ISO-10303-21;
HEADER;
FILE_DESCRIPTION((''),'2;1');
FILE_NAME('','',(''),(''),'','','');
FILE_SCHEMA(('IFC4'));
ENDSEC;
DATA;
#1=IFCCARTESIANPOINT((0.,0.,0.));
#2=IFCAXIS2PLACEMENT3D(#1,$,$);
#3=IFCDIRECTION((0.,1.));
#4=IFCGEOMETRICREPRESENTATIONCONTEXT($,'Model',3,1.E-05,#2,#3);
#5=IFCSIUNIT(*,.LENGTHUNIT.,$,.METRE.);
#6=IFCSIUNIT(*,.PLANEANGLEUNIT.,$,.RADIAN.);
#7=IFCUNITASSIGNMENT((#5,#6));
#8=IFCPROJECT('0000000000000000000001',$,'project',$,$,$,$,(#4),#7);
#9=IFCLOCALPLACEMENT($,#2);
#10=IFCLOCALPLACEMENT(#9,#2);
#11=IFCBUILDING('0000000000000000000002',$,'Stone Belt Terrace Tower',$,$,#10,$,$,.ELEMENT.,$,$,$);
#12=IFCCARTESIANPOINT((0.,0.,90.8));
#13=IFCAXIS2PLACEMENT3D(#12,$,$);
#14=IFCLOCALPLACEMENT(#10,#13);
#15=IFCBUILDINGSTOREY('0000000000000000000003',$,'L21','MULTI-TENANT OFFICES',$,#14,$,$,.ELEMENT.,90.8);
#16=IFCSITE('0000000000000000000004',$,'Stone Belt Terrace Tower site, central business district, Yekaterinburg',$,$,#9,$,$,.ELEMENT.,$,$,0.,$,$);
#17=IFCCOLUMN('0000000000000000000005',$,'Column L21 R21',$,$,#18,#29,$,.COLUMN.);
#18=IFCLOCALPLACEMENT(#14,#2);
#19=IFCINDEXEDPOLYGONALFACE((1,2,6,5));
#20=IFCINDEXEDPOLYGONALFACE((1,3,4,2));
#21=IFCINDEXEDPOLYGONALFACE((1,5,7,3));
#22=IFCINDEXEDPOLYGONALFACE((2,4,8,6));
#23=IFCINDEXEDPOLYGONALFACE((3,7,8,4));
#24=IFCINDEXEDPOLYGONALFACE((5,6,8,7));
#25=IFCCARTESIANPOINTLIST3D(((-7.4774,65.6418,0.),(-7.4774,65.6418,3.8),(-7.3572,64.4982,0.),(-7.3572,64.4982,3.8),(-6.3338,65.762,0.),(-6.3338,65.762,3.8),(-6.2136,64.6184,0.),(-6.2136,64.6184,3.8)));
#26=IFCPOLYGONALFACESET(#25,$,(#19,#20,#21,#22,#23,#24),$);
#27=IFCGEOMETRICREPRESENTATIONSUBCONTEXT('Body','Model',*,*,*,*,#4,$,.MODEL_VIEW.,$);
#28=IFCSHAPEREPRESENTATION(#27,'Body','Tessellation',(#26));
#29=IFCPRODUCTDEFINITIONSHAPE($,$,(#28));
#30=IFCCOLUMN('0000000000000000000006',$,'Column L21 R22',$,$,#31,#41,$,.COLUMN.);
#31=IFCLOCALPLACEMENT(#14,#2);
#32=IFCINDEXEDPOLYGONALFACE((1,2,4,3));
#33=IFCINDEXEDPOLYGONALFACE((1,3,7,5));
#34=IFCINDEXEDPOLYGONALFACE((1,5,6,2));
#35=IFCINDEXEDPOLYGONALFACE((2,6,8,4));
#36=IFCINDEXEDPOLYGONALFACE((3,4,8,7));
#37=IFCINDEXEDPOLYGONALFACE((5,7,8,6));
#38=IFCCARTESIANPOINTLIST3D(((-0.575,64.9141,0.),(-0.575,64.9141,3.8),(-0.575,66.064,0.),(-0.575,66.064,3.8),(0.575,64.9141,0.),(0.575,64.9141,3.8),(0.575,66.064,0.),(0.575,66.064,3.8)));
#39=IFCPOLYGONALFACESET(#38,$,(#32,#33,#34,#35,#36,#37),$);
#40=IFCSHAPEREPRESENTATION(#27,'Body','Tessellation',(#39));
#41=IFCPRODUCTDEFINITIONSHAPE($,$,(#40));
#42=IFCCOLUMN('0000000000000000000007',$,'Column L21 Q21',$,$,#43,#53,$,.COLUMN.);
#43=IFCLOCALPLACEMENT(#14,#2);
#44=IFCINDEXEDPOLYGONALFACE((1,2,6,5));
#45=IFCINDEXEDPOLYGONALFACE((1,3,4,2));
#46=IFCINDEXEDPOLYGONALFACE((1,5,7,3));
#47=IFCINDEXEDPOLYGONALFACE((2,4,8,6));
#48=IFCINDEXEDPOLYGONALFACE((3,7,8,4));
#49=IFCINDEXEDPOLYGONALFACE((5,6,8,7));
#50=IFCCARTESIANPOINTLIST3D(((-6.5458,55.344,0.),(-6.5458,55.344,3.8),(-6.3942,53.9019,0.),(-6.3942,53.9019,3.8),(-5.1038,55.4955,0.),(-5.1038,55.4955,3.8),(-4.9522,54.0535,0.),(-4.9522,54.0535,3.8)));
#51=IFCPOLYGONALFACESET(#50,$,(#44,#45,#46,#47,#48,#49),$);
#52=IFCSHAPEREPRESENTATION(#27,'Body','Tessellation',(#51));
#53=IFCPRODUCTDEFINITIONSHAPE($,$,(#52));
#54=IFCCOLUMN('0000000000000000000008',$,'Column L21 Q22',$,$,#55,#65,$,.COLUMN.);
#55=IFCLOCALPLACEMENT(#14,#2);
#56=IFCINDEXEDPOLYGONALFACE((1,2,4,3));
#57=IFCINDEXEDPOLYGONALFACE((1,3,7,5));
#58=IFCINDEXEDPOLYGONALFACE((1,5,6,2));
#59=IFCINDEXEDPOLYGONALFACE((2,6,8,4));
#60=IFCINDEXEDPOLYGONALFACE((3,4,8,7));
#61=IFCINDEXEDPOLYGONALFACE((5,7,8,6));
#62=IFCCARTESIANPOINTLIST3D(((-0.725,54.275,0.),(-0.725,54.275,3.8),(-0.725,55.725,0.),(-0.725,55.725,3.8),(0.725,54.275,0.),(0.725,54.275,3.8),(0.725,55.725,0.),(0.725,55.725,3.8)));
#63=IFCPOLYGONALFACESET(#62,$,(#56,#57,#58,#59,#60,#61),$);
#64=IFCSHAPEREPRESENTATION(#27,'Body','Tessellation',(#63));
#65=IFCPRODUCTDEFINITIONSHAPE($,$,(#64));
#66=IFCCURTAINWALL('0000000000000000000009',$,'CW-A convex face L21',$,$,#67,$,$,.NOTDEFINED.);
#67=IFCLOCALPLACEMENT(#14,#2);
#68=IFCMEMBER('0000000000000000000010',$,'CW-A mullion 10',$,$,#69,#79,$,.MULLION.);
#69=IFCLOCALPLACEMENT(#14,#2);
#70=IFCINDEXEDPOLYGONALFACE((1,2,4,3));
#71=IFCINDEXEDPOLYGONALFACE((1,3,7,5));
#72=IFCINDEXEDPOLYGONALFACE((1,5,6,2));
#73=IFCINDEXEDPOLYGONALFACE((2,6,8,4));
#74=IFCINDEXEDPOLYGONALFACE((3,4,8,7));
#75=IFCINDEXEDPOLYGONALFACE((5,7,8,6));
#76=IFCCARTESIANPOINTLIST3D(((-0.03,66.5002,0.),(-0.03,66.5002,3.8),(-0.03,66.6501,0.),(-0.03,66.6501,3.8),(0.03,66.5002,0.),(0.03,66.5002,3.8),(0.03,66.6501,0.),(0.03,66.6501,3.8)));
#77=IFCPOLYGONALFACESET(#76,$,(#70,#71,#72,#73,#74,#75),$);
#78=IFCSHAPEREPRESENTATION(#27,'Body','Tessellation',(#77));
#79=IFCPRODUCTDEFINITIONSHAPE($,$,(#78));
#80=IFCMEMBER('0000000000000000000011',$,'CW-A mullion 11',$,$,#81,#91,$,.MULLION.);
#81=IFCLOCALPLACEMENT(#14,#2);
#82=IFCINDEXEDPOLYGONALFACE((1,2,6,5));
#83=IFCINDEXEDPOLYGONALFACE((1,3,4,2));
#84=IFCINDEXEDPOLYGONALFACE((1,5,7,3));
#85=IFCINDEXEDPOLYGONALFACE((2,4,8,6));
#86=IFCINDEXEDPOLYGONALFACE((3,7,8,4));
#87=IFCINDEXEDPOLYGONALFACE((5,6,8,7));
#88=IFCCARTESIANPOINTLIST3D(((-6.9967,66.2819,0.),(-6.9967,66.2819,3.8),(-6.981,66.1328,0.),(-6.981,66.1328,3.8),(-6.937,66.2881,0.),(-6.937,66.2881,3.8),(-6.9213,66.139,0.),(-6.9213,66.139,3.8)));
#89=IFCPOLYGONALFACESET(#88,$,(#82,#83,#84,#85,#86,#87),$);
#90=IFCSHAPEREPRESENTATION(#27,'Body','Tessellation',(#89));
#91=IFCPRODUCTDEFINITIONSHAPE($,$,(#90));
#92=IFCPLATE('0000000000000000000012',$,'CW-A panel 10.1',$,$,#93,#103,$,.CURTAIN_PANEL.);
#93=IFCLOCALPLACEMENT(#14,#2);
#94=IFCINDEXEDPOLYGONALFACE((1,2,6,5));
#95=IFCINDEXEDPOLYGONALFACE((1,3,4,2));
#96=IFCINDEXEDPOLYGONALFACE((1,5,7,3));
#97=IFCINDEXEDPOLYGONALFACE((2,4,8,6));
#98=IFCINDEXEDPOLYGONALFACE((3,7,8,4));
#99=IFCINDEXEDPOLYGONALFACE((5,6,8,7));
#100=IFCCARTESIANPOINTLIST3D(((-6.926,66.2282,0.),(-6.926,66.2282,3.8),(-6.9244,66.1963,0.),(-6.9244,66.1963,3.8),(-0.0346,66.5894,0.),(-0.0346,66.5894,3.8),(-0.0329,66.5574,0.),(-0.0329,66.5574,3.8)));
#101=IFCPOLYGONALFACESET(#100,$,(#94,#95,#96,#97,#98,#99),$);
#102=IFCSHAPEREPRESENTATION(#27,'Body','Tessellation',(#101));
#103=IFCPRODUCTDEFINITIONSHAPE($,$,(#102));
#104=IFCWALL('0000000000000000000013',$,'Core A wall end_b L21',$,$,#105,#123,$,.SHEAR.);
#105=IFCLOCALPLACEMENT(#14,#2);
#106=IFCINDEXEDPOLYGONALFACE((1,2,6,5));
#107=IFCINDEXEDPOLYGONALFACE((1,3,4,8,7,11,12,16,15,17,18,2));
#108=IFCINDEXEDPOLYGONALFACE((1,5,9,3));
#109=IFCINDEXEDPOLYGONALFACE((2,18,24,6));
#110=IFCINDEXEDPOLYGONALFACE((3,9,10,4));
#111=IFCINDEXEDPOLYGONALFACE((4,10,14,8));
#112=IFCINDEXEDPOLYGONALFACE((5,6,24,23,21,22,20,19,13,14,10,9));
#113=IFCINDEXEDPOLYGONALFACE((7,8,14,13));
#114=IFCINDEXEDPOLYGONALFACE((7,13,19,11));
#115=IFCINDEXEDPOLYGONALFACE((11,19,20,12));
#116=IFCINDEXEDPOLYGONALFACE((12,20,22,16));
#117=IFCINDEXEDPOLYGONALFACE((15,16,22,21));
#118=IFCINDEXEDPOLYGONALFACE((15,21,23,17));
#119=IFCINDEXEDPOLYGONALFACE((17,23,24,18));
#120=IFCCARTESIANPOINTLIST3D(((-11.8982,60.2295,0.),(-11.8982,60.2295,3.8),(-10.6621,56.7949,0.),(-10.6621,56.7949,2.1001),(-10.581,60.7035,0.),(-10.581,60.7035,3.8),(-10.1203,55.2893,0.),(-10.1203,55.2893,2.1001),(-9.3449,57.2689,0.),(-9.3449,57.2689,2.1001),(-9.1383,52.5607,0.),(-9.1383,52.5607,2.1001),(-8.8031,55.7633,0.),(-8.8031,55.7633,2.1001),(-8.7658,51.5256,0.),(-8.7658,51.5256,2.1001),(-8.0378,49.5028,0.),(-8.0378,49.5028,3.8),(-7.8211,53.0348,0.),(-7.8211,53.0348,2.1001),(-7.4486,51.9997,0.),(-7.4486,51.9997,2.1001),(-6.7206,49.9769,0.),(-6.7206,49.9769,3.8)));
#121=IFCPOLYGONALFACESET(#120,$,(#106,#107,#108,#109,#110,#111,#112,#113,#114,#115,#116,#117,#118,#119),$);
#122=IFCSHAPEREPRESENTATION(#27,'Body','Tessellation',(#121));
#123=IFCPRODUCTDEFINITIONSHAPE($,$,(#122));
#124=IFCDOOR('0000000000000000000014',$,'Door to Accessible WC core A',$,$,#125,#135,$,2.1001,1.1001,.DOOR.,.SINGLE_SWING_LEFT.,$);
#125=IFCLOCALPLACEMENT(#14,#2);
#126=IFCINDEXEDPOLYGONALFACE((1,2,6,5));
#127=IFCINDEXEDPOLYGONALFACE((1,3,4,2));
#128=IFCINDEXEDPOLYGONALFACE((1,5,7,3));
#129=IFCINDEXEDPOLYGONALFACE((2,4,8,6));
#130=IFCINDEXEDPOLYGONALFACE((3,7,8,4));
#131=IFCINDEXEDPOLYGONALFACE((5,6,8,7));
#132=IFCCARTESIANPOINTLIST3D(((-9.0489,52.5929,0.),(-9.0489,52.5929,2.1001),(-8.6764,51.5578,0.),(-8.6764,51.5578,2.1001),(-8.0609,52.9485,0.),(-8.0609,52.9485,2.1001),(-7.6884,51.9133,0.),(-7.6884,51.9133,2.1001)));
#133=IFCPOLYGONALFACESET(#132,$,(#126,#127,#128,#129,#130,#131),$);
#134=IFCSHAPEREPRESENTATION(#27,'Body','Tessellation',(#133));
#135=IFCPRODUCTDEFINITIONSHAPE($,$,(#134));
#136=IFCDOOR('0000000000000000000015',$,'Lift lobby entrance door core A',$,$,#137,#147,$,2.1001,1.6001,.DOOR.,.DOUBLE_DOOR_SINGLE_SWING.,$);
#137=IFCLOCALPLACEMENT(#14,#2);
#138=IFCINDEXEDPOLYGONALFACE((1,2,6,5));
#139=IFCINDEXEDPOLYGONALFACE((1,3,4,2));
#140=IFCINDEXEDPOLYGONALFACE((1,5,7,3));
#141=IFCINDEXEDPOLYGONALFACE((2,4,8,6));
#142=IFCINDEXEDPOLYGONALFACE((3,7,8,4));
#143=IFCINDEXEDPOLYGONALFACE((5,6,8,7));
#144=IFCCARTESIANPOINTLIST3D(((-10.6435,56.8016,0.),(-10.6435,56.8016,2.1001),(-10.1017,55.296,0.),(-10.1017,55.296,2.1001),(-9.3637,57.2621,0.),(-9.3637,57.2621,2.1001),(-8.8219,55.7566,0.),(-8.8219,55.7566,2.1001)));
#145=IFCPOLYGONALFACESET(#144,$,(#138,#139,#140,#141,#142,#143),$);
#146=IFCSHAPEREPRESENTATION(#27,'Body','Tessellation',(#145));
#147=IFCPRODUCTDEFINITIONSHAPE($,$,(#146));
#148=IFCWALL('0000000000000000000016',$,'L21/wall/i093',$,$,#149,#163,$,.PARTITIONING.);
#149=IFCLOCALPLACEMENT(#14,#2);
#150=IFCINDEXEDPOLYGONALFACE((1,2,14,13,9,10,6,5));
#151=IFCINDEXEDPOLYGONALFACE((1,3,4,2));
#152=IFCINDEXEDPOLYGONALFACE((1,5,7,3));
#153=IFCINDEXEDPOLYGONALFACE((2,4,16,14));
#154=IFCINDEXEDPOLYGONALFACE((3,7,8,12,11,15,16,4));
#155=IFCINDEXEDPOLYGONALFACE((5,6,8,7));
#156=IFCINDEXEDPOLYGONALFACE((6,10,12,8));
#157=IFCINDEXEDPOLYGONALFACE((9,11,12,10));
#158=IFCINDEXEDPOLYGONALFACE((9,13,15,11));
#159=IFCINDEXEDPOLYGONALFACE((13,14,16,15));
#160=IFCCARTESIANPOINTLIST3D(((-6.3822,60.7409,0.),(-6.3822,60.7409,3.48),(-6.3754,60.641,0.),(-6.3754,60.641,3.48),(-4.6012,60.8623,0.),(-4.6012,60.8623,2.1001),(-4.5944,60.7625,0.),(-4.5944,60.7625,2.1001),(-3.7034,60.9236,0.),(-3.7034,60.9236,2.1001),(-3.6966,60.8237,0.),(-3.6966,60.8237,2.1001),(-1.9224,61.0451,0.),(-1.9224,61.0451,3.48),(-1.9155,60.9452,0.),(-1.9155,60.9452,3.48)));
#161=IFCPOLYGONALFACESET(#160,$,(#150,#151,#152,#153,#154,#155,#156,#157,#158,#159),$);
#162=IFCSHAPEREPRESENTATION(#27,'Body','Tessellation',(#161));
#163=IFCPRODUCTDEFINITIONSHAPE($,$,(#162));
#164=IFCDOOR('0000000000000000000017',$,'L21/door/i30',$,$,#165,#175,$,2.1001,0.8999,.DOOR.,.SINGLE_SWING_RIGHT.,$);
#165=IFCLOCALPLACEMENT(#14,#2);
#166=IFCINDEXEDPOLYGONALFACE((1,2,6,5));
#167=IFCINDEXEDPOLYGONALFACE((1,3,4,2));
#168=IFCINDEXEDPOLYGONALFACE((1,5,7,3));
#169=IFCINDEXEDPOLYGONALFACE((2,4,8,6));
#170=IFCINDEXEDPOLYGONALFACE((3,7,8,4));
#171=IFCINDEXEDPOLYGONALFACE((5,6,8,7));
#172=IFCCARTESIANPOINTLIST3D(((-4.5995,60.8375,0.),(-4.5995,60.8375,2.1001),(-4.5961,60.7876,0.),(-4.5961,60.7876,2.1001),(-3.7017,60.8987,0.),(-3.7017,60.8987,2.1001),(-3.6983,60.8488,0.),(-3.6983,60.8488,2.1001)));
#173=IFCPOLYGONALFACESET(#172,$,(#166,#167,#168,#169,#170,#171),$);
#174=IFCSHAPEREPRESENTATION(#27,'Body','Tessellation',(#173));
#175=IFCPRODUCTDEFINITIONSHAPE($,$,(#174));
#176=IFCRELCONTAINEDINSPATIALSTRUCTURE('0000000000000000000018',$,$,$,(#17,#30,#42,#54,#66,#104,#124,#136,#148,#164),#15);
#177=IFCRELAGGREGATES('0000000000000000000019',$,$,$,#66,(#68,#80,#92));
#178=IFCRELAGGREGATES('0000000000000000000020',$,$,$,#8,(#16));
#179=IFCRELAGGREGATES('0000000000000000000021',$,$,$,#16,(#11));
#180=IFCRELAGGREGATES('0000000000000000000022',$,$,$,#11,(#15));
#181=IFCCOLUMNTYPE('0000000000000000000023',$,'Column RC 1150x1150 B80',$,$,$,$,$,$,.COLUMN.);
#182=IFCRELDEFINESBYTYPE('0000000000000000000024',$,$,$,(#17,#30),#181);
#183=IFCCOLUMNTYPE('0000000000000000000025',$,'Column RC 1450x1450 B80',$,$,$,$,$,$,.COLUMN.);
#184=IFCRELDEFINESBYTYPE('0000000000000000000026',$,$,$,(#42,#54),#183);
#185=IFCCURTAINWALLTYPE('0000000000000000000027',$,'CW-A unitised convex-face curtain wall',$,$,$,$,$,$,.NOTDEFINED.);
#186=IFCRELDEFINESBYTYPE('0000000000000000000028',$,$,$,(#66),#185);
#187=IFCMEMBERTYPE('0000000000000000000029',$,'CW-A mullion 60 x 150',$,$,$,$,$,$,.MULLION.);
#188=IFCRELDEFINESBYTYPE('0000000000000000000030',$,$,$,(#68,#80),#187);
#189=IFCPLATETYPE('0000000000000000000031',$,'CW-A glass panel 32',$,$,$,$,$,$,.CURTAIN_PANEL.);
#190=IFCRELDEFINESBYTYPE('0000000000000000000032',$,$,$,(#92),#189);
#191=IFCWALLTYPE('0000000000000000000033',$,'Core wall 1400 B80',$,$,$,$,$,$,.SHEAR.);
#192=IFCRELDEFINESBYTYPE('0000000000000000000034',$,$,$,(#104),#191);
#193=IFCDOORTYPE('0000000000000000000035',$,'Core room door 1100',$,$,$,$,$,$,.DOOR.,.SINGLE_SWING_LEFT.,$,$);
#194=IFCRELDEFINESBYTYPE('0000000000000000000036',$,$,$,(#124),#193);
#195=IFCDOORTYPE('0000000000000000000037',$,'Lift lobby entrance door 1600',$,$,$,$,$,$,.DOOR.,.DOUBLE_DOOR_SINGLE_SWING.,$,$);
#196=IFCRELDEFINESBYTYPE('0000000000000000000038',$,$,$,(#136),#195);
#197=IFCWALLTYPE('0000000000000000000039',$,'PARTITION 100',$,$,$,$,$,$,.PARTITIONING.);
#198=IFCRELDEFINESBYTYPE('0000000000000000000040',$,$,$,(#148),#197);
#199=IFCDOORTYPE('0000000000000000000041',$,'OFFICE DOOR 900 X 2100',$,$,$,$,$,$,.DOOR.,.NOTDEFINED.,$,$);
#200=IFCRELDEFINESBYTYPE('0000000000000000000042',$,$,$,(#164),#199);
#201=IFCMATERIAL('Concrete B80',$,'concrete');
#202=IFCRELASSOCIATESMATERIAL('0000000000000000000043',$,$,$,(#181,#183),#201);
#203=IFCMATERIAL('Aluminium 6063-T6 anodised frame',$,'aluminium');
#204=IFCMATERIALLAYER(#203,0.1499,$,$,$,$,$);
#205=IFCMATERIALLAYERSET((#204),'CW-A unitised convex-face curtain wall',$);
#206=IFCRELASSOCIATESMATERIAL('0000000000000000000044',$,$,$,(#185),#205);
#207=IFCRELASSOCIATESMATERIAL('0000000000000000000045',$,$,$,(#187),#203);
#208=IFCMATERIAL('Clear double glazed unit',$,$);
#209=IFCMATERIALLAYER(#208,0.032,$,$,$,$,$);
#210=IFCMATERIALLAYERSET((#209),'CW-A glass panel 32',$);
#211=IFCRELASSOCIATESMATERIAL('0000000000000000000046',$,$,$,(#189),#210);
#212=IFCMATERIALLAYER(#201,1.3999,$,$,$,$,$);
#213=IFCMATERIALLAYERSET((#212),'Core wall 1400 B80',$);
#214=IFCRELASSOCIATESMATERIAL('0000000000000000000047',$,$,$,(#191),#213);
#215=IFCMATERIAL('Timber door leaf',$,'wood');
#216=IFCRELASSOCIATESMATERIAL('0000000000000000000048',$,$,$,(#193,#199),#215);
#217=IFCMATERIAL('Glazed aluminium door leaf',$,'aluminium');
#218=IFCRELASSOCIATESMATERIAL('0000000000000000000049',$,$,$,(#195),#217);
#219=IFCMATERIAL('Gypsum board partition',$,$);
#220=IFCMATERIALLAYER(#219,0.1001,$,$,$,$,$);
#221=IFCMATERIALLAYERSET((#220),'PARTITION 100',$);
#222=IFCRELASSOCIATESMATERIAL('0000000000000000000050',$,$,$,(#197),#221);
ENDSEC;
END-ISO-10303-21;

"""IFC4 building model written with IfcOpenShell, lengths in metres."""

from ifc_helpers import new_model, si_unit, direction, frame, frame_2d, origin, origin_2d, place, context, subcontext, project, spatial, rectangle, extrude, material, layer, layer_set, material_profile, profile_set, type_object, element, fill, aggregate, save


model = new_model("IFC4")

# Units and contexts
model_context = context("Model", 3, precision=1e-05, world=origin(), true_north=direction((0.0, 1.0)))
body_context = subcontext(model_context, "Body", "Model", "MODEL_VIEW")
ifc_project = project(units=[si_unit("LENGTHUNIT", "METRE"), si_unit("PLANEANGLEUNIT", "RADIAN")], contexts=[model_context])

# Site, building, storey
site_placement = place(None, origin())
site = spatial("IfcSite", under=ifc_project, at=site_placement, Name="Stone Belt Terrace Tower site, central business district, Yekaterinburg", CompositionType="ELEMENT", RefElevation=0.0)
building_placement = place(site_placement, origin())
building = spatial("IfcBuilding", under=site, at=building_placement, Name="Stone Belt Terrace Tower", CompositionType="ELEMENT")
storey_placement = place(building_placement, frame((0.0, 0.0, 90.8)))
storey = spatial("IfcBuildingStorey", under=building, at=storey_placement, Name="L21", Description="MULTI-TENANT OFFICES", CompositionType="ELEMENT", Elevation=90.8)

# Columns
ifc_material_1 = material(Name="Concrete B80", Category="concrete")
ifc_material_profile_1 = material_profile(ifc_material_1, rectangle(XDim=1.1499, YDim=1.1499, at=origin_2d()), Name="RC 1150x1150")
ifc_profile_set_1 = profile_set([ifc_material_profile_1], Name="Concrete B80")
column_type_1 = type_object("IfcColumnType", Name="Column RC 1150x1150 B80", PredefinedType="COLUMN", material=ifc_profile_set_1)
for number, where, z_axis, x_axis, name in (
    (1, (-6.8455, 65.1301, 0.0), (0.0, 0.0, 1.0), (0.994522, 0.104528, 0.0), "Column L21 R21"),
    (2, (0.0, 65.489, 0.0), (0.0, 0.0, 1.0), (1.0, 0.0, 0.0), "Column L21 R22"),
):
    element("IfcColumn", number, at=place(storey_placement, frame(where, z_axis=z_axis, x_axis=x_axis)), inside=storey, type_object=column_type_1, Name=name, PredefinedType="COLUMN", context=body_context, shape_type="SweptSolid", body=[
        extrude(rectangle(XDim=1.1499, YDim=1.1499, at=origin_2d()), origin(), (0.0, 0.0, 1.0), 3.8),
    ])
ifc_material_profile_2 = material_profile(ifc_material_1, rectangle(XDim=1.45, YDim=1.45, at=origin_2d()), Name="RC 1450x1450")
ifc_profile_set_2 = profile_set([ifc_material_profile_2], Name="Concrete B80")
column_type_2 = type_object("IfcColumnType", Name="Column RC 1450x1450 B80", PredefinedType="COLUMN", material=ifc_profile_set_2)
for number, where, z_axis, x_axis, name in (
    (3, (-5.749, 54.6987, 0.0), (0.0, 0.0, 1.0), (0.994522, 0.104528, 0.0), "Column L21 Q21"),
    (4, (0.0, 55.0, 0.0), (0.0, 0.0, 1.0), (1.0, 0.0, 0.0), "Column L21 Q22"),
):
    element("IfcColumn", number, at=place(storey_placement, frame(where, z_axis=z_axis, x_axis=x_axis)), inside=storey, type_object=column_type_2, Name=name, PredefinedType="COLUMN", context=body_context, shape_type="SweptSolid", body=[
        extrude(rectangle(XDim=1.45, YDim=1.45, at=origin_2d()), origin(), (0.0, 0.0, 1.0), 3.8),
    ])

# Curtain wall, members, plate
ifc_material_2 = material(Name="Aluminium 6063-T6 anodised frame", Category="aluminium")
ifc_layer_1 = layer(ifc_material_2, 0.1499)
ifc_layer_set_1 = layer_set([ifc_layer_1], Name="CW-A unitised convex-face curtain wall")
curtain_wall_type = type_object("IfcCurtainWallType", Name="CW-A unitised convex-face curtain wall", PredefinedType="NOTDEFINED", material=ifc_layer_set_1)
curtain_wall_placement = place(storey_placement, origin())
curtain_wall = element("IfcCurtainWall", 5, at=curtain_wall_placement, inside=storey, type_object=curtain_wall_type, Name="CW-A convex face L21", PredefinedType="NOTDEFINED")
ifc_material_profile_3 = material_profile(ifc_material_2, rectangle(XDim=0.1499, YDim=0.0601, at=origin_2d()), Name="Aluminium 6063-T6 60x150")
ifc_profile_set_3 = profile_set([ifc_material_profile_3], Name="Aluminium 6063-T6 anodised frame")
member_type = type_object("IfcMemberType", Name="CW-A mullion 60 x 150", PredefinedType="MULLION", material=ifc_profile_set_3)
member_1_placement = place(storey_placement, frame((0.0, 66.5752, 0.0), z_axis=(0.0, 0.0, 1.0), x_axis=(0.0, -1.0, 0.0)))
member_1 = element("IfcMember", 6, at=member_1_placement, type_object=member_type, Name="CW-A mullion 10", PredefinedType="MULLION", context=body_context, shape_type="SweptSolid", body=[
    extrude(rectangle(XDim=0.1499, YDim=0.0601, at=origin_2d()), origin(), (0.0, 0.0, 1.0), 3.8),
])
member_2_placement = place(storey_placement, frame((-6.959, 66.2104, 0.0), z_axis=(0.0, 0.0, 1.0), x_axis=(0.104528, -0.994522, 0.0)))
member_2 = element("IfcMember", 7, at=member_2_placement, type_object=member_type, Name="CW-A mullion 11", PredefinedType="MULLION", context=body_context, shape_type="SweptSolid", body=[
    extrude(rectangle(XDim=0.1499, YDim=0.0601, at=origin_2d()), origin(), (0.0, 0.0, 1.0), 3.8),
])
ifc_material_3 = material(Name="Clear double glazed unit")
ifc_layer_2 = layer(ifc_material_3, 0.032)
ifc_layer_set_2 = layer_set([ifc_layer_2], Name="CW-A glass panel 32")
plate_type = type_object("IfcPlateType", Name="CW-A glass panel 32", PredefinedType="CURTAIN_PANEL", material=ifc_layer_set_2)
plate_placement = place(storey_placement, frame((-3.4795, 66.3928, 0.0), z_axis=(0.0, 0.0, 1.0), x_axis=(-0.99863, -0.052336, 0.0)))
plate = element("IfcPlate", 8, at=plate_placement, type_object=plate_type, Name="CW-A panel 10.1", PredefinedType="CURTAIN_PANEL", context=body_context, shape_type="SweptSolid", body=[
    extrude(rectangle(XDim=6.9009, YDim=0.032, at=origin_2d()), origin(), (0.0, 0.0, 1.0), 3.8),
])
aggregate(curtain_wall, [member_1, member_2, plate])

# Wall, openings, doors
ifc_layer_3 = layer(ifc_material_1, 1.3999)
ifc_layer_set_3 = layer_set([ifc_layer_3], Name="Core wall 1400 B80")
wall_type_1 = type_object("IfcWallType", Name="Core wall 1400 B80", PredefinedType="SHEAR", material=ifc_layer_set_3)
wall_1_placement = place(storey_placement, frame((-7.3792, 49.7397, 0.0), z_axis=(0.0, 0.0, 1.0), x_axis=(-0.338625, 0.940921, 0.0)))
wall_1 = element("IfcWall", 9, at=wall_1_placement, inside=storey, type_object=wall_type_1, Name="Core A wall end_b L21", PredefinedType="SHEAR", context=body_context, shape_type="SweptSolid", body=[
    extrude(rectangle(XDim=11.4001, YDim=1.3999, at=frame_2d((5.7002, 0.0))), origin(), (0.0, 0.0, 1.0), 3.8),
])
opening_1_placement = place(wall_1_placement, frame((6.1499, 0.0, 0.0)))
opening_1 = element("IfcOpeningElement", 10, at=opening_1_placement, cuts=wall_1, PredefinedType="OPENING", context=body_context, shape_type="SweptSolid", body=[
    extrude(rectangle(XDim=1.6001, YDim=2.1001, at=frame_2d((0.8, 1.05))), frame((0.0, 0.71, 0.0), z_axis=(0.0, -1.0, 0.0), x_axis=(1.0, 0.0, 0.0)), (0.0, 0.0, 1.0), 1.4199),
])
opening_2_placement = place(wall_1_placement, frame((2.1499, 0.0, 0.0)))
opening_2 = element("IfcOpeningElement", 11, at=opening_2_placement, cuts=wall_1, PredefinedType="OPENING", context=body_context, shape_type="SweptSolid", body=[
    extrude(rectangle(XDim=1.1001, YDim=2.1001, at=frame_2d((0.55, 1.05))), frame((0.0, 0.71, 0.0), z_axis=(0.0, -1.0, 0.0), x_axis=(1.0, 0.0, 0.0)), (0.0, 0.0, 1.0), 1.4199),
])
ifc_material_4 = material(Name="Timber door leaf", Category="wood")
door_type_1 = type_object("IfcDoorType", Name="Core room door 1100", OperationType="SINGLE_SWING_LEFT", PredefinedType="DOOR", material=ifc_material_4)
door_1_placement = place(opening_2_placement, origin())
door_1 = element("IfcDoor", 12, at=door_1_placement, inside=storey, type_object=door_type_1, Name="Door to Accessible WC core A", OperationType="SINGLE_SWING_LEFT", OverallHeight=2.1001, OverallWidth=1.1001, PredefinedType="DOOR", context=body_context, shape_type="SweptSolid", body=[
    extrude(rectangle(XDim=1.1001, YDim=2.1001, at=frame_2d((0.55, 1.05))), frame((0.0, 0.605, 0.0), z_axis=(0.0, -1.0, 0.0), x_axis=(1.0, 0.0, 0.0)), (0.0, 0.0, 1.0), 1.05),
])
fill(opening_2, door_1)
ifc_material_5 = material(Name="Glazed aluminium door leaf", Category="aluminium")
door_type_2 = type_object("IfcDoorType", Name="Lift lobby entrance door 1600", OperationType="DOUBLE_DOOR_SINGLE_SWING", PredefinedType="DOOR", material=ifc_material_5)
door_2_placement = place(opening_1_placement, origin())
door_2 = element("IfcDoor", 13, at=door_2_placement, inside=storey, type_object=door_type_2, Name="Lift lobby entrance door core A", OperationType="DOUBLE_DOOR_SINGLE_SWING", OverallHeight=2.1001, OverallWidth=1.6001, PredefinedType="DOOR", context=body_context, shape_type="SweptSolid", body=[
    extrude(rectangle(XDim=1.6001, YDim=2.1001, at=frame_2d((0.8, 1.05))), frame((0.0, 0.6802, 0.0), z_axis=(0.0, -1.0, 0.0), x_axis=(1.0, 0.0, 0.0)), (0.0, 0.0, 1.0), 1.3601),
])
fill(opening_1, door_2)

# Wall, opening, door
ifc_material_6 = material(Name="Gypsum board partition")
ifc_layer_4 = layer(ifc_material_6, 0.1001)
ifc_layer_set_4 = layer_set([ifc_layer_4], Name="PARTITION 100")
wall_type_2 = type_object("IfcWallType", Name="PARTITION 100", PredefinedType="PARTITIONING", material=ifc_layer_set_4)
wall_2_placement = place(storey_placement, frame((-1.9189, 60.9951, 0.0), z_axis=(0.0, 0.0, 1.0), x_axis=(-0.997682, -0.068049, 0.0)))
wall_2 = element("IfcWall", 14, at=wall_2_placement, inside=storey, type_object=wall_type_2, Name="L21/wall/i093", PredefinedType="PARTITIONING", context=body_context, shape_type="SweptSolid", body=[
    extrude(rectangle(XDim=4.4702, YDim=0.1001, at=frame_2d((2.2351, 0.0))), origin(), (0.0, 0.0, 1.0), 3.48),
])
opening_3_placement = place(wall_2_placement, frame((1.7852, 0.0, 0.0)))
opening_3 = element("IfcOpeningElement", 15, at=opening_3_placement, cuts=wall_2, PredefinedType="OPENING", context=body_context, shape_type="SweptSolid", body=[
    extrude(rectangle(XDim=0.8999, YDim=2.1001, at=frame_2d((0.45, 1.05))), frame((0.0, 0.0601, 0.0), z_axis=(0.0, -1.0, 0.0), x_axis=(1.0, 0.0, 0.0)), (0.0, 0.0, 1.0), 0.1201),
])
door_type_3 = type_object("IfcDoorType", Name="OFFICE DOOR 900 X 2100", OperationType="NOTDEFINED", PredefinedType="DOOR", material=ifc_material_4)
door_3_placement = place(opening_3_placement, origin())
door_3 = element("IfcDoor", 16, at=door_3_placement, inside=storey, type_object=door_type_3, Name="L21/door/i30", OperationType="SINGLE_SWING_RIGHT", OverallHeight=2.1001, OverallWidth=0.8999, PredefinedType="DOOR", context=body_context, shape_type="SweptSolid", body=[
    extrude(rectangle(XDim=0.8999, YDim=2.1001, at=frame_2d((0.45, 1.05))), frame((0.0, 0.0249, 0.0), z_axis=(0.0, -1.0, 0.0), x_axis=(1.0, 0.0, 0.0)), (0.0, 0.0, 1.0), 0.05),
])
fill(opening_3, door_3)

save(model, "model.ifc")
